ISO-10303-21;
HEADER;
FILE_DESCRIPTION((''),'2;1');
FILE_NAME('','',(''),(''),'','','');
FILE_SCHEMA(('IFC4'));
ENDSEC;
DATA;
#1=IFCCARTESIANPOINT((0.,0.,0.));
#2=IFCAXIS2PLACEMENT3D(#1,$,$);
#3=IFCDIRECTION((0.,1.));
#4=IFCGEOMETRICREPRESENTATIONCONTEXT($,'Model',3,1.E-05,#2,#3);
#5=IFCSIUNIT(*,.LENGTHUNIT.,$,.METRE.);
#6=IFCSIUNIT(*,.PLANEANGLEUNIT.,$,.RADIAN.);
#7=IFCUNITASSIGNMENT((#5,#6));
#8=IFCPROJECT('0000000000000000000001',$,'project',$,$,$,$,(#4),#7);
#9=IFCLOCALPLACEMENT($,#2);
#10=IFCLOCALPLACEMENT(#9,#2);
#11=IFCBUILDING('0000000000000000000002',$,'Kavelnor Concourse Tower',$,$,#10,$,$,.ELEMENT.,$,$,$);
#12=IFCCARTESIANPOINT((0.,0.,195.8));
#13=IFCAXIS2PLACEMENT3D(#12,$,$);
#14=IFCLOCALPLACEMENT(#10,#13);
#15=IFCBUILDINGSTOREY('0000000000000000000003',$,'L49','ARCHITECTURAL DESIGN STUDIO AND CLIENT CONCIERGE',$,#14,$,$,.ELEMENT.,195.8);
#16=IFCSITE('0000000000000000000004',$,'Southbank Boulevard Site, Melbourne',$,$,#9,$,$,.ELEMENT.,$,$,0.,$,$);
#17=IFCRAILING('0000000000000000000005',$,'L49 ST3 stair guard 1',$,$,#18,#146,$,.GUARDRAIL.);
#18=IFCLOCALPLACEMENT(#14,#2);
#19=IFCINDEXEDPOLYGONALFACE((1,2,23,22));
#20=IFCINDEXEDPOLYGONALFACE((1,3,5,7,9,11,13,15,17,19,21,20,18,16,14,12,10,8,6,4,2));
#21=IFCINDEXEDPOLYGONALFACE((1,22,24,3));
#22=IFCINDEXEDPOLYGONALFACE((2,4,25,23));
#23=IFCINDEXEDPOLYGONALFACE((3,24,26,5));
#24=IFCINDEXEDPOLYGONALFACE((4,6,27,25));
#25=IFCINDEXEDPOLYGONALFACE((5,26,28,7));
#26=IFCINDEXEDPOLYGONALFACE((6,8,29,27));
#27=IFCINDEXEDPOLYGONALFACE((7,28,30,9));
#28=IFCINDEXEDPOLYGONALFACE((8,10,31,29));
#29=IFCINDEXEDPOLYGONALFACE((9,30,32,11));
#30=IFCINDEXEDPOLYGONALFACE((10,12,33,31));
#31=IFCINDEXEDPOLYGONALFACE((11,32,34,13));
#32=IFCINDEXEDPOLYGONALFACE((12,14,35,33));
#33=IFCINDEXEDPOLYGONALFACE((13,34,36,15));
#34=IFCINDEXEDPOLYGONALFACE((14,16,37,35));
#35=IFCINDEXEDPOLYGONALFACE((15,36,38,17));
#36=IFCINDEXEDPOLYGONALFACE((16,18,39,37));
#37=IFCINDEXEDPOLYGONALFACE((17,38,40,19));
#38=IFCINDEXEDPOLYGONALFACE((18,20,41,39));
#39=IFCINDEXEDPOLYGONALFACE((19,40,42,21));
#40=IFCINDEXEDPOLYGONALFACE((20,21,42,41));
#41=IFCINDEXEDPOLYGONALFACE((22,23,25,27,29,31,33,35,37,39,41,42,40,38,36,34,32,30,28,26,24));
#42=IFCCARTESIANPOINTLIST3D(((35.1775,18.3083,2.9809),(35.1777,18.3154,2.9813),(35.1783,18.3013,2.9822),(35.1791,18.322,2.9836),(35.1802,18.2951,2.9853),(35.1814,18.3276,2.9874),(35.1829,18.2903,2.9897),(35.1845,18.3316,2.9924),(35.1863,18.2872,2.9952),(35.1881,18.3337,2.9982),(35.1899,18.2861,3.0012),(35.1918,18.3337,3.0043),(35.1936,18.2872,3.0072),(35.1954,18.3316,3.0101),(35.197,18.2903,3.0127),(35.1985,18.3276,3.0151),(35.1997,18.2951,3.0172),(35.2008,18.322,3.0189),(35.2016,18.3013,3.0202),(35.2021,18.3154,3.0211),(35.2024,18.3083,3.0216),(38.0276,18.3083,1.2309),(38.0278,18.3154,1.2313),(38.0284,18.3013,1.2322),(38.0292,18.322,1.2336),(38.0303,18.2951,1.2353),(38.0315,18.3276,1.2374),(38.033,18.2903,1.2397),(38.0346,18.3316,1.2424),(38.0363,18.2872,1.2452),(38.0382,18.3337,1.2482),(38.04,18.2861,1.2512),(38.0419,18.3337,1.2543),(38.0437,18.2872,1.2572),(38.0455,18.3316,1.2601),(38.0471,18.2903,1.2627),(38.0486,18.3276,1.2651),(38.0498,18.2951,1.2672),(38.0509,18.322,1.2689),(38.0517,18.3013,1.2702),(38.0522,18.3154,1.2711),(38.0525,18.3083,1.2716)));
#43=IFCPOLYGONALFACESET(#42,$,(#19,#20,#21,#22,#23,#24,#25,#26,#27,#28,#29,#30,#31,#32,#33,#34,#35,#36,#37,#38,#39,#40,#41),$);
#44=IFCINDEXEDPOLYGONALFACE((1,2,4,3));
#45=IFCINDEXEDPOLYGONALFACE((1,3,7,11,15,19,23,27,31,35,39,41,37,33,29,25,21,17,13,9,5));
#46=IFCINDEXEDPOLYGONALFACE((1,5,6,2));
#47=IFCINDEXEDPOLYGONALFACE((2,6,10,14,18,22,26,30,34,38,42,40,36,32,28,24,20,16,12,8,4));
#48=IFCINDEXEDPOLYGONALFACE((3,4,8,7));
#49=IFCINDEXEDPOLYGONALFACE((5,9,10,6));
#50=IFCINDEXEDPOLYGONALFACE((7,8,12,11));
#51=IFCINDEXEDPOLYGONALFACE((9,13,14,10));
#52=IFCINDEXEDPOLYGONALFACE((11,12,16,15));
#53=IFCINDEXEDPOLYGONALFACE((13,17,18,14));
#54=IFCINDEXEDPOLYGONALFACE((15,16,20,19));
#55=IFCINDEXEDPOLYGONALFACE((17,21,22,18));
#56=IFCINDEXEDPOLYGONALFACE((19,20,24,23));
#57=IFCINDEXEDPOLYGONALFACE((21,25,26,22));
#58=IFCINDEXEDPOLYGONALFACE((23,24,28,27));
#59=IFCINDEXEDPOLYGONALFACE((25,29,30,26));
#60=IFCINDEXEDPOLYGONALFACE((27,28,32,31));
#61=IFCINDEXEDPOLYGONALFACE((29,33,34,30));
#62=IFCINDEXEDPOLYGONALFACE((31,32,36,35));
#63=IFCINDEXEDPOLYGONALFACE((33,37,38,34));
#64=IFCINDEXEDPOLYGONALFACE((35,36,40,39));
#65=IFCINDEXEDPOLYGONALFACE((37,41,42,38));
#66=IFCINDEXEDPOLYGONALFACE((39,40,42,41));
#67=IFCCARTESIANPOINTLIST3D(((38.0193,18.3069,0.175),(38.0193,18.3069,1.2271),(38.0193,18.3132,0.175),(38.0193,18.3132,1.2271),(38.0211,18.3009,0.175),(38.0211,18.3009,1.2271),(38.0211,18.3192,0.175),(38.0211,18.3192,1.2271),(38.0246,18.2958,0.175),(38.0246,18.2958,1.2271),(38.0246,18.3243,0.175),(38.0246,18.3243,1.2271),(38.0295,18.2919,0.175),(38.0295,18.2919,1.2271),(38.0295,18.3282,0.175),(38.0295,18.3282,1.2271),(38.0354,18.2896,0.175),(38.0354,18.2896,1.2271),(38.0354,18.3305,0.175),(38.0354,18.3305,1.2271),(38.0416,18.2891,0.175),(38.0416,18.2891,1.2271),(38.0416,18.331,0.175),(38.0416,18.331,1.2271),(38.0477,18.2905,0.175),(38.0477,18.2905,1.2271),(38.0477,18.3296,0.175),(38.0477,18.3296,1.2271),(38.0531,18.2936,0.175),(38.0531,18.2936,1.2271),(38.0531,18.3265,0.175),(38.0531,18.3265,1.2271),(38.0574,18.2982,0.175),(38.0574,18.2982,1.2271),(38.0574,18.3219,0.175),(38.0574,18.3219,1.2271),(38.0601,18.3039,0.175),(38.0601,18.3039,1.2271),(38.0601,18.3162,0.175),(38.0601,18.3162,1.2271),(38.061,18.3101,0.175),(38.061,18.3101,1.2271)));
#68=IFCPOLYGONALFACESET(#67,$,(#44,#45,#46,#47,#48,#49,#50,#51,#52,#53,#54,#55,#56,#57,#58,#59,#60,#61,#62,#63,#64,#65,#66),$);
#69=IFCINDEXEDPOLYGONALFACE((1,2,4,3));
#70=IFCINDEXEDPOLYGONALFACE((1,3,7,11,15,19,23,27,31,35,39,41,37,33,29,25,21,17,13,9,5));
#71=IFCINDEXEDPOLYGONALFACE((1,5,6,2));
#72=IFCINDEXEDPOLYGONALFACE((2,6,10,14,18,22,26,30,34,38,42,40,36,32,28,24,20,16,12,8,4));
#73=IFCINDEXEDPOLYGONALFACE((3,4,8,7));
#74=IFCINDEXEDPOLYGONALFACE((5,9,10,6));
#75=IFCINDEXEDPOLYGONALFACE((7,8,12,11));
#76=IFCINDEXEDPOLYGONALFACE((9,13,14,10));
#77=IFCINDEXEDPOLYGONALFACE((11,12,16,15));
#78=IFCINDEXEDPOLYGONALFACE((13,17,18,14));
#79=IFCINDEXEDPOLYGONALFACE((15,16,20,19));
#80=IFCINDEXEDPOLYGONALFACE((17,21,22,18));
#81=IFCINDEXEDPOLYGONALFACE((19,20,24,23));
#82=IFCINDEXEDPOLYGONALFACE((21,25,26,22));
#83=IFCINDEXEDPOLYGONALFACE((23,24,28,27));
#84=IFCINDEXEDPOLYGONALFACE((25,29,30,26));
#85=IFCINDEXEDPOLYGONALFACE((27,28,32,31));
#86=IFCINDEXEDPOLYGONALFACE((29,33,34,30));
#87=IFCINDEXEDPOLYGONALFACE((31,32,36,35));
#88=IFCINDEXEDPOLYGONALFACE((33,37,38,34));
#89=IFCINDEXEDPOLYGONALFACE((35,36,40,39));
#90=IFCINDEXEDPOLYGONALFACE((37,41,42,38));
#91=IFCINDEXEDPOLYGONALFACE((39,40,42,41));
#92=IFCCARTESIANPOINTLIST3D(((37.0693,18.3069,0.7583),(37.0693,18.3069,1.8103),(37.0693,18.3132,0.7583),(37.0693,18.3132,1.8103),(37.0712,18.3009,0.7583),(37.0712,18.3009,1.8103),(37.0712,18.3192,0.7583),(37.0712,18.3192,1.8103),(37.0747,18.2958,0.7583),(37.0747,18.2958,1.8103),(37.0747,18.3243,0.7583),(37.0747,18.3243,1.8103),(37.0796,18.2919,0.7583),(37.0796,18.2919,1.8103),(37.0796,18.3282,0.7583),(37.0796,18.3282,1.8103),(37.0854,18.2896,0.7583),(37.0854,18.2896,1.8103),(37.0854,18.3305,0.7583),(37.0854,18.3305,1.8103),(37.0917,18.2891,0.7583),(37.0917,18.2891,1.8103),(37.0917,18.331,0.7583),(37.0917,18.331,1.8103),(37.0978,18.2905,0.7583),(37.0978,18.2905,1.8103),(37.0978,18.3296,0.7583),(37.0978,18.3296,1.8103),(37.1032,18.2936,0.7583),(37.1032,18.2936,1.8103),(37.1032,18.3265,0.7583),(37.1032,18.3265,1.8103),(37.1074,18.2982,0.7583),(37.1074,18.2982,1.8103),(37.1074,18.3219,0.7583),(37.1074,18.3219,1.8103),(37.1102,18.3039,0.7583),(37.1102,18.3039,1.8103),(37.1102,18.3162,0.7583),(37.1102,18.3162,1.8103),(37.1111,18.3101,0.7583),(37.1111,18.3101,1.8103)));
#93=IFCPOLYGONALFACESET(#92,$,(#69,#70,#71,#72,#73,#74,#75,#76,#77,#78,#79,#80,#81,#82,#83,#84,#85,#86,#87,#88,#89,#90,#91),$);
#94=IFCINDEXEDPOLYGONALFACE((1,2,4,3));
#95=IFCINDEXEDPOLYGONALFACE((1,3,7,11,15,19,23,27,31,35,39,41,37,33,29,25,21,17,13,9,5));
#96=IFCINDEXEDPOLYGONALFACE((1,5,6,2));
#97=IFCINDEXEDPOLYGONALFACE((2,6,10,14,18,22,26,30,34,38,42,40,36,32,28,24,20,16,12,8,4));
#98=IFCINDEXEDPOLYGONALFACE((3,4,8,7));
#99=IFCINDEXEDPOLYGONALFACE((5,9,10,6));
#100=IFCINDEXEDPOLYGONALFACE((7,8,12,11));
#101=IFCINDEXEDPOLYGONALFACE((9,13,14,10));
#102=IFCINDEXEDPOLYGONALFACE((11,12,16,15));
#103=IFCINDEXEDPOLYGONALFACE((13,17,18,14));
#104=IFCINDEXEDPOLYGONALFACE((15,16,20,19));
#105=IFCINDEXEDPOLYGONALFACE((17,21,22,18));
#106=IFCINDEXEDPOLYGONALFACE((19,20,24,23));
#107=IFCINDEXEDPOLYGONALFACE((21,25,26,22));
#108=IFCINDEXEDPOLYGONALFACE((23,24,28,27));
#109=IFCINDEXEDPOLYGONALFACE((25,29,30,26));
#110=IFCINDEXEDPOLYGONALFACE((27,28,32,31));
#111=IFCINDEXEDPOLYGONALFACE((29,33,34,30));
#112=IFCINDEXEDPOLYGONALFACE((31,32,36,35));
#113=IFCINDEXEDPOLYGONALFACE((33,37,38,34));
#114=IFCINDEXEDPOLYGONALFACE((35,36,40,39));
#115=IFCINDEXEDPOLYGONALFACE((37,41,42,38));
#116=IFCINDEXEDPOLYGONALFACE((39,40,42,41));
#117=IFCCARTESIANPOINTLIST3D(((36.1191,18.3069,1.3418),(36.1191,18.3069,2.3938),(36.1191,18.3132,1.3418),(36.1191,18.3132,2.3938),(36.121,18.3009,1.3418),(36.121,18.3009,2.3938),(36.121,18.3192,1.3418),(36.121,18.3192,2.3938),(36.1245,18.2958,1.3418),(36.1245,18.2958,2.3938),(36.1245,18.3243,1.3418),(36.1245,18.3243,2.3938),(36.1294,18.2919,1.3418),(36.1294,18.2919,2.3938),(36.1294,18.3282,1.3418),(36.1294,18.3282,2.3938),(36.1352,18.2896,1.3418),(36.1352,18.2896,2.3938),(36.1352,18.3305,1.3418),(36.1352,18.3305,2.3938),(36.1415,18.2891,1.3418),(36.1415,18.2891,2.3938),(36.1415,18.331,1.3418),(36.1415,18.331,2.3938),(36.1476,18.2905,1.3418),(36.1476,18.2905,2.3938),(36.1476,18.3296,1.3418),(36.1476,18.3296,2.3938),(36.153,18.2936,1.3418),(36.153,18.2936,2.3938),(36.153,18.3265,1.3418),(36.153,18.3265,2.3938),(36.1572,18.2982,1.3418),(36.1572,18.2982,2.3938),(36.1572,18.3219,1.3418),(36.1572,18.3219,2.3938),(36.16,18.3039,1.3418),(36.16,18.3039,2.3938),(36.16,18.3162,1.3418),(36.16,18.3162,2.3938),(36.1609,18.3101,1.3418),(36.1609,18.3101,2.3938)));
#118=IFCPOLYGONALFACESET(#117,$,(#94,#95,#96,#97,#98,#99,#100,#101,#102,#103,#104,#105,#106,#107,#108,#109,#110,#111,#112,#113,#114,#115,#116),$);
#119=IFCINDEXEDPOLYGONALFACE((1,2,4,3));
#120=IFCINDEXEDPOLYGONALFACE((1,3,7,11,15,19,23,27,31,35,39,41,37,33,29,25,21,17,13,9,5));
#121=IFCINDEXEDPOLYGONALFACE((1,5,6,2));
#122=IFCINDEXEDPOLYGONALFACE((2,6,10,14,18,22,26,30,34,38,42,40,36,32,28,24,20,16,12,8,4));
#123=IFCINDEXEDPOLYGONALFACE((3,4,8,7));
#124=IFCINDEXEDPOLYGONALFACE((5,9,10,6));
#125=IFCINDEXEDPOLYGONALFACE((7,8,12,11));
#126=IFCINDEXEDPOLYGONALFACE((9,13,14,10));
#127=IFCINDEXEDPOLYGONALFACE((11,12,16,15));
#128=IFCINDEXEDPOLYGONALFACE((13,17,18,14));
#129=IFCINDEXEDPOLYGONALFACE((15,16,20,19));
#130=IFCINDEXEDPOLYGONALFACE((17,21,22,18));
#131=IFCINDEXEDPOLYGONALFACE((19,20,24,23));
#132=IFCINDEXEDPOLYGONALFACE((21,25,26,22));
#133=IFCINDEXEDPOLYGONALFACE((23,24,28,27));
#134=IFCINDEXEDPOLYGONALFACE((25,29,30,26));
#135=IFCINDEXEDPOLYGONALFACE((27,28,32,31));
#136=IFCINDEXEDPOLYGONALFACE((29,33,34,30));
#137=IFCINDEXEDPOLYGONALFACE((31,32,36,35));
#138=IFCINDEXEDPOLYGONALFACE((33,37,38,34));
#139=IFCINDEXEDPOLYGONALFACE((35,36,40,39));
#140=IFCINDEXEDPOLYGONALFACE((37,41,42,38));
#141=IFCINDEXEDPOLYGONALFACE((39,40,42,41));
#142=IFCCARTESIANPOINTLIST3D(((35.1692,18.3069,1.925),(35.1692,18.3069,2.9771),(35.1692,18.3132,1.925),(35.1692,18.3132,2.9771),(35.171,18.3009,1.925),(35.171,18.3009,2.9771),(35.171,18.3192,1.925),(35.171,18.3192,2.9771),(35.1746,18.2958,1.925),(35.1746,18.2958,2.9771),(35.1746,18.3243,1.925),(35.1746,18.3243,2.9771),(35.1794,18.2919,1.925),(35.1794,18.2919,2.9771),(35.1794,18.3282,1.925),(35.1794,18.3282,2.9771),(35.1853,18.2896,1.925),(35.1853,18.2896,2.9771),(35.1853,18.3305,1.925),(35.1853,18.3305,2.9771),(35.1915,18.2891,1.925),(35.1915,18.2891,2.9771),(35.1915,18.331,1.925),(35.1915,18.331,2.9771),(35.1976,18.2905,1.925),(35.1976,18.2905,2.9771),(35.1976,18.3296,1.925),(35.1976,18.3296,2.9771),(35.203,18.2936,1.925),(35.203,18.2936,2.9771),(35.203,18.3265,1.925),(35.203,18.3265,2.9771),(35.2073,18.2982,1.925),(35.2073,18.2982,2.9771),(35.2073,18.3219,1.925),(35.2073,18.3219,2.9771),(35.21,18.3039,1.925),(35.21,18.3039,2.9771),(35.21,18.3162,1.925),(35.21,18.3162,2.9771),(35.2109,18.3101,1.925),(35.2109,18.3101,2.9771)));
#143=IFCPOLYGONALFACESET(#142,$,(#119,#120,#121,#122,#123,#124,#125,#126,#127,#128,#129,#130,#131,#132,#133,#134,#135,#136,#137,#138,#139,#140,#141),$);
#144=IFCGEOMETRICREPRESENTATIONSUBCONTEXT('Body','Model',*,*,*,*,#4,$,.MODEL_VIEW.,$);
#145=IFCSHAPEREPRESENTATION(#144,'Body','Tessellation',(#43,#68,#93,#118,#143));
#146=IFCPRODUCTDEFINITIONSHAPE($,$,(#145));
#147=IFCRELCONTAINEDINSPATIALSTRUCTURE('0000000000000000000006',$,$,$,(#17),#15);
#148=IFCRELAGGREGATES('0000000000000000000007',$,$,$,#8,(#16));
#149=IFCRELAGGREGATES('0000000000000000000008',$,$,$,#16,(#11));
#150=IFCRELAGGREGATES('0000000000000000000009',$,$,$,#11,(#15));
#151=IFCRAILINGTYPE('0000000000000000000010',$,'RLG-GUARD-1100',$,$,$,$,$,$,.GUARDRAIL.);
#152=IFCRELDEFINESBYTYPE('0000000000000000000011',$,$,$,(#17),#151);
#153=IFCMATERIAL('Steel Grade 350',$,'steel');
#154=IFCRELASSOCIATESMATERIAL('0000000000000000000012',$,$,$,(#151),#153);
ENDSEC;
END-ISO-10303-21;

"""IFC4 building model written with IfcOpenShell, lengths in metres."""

from ifc_helpers import new_model, si_unit, direction, frame, origin, origin_2d, place, context, subcontext, project, spatial, circle, extrude, material, type_object, element, save


model = new_model("IFC4")

# Units and contexts
model_context = context("Model", 3, precision=1e-05, world=origin(), true_north=direction((0.0, 1.0)))
body_context = subcontext(model_context, "Body", "Model", "MODEL_VIEW")
ifc_project = project(units=[si_unit("LENGTHUNIT", "METRE"), si_unit("PLANEANGLEUNIT", "RADIAN")], contexts=[model_context])

# Site, building, storey
site_placement = place(None, origin())
site = spatial("IfcSite", under=ifc_project, at=site_placement, Name="Southbank Boulevard Site, Melbourne", CompositionType="ELEMENT", RefElevation=0.0)
building_placement = place(site_placement, origin())
building = spatial("IfcBuilding", under=site, at=building_placement, Name="Kavelnor Concourse Tower", CompositionType="ELEMENT")
storey_placement = place(building_placement, frame((0.0, 0.0, 195.8)))
storey = spatial("IfcBuildingStorey", under=building, at=storey_placement, Name="L49", Description="ARCHITECTURAL DESIGN STUDIO AND CLIENT CONCIERGE", CompositionType="ELEMENT", Elevation=195.8)

# Shared definitions
ifc_material_1 = material(Name="Steel Grade 350", Category="steel")

# Railing
railing_type_1 = type_object("IfcRailingType", Name="RLG-GUARD-1100", PredefinedType="GUARDRAIL", material=ifc_material_1)
railing_1_placement = place(storey_placement, frame((38.04, 18.3101, 0.175)))
element("IfcRailing", 1, at=railing_1_placement, inside=storey, type_object=railing_type_1, Name="L49 ST3 stair guard 1", PredefinedType="GUARDRAIL", context=body_context, shape_type="SweptSolid", body=[
    extrude(circle(Radius=0.0239, at=origin_2d()), frame((0.0, 0.0, 1.0762), z_axis=(-0.852179, 0.0, 0.52325), x_axis=(0.0, -1.0, 0.0)), (0.0, 0.0, 1.0), 3.3445),
    extrude(circle(Radius=0.021, at=origin_2d()), origin(), (0.0, 0.0, 1.0), 1.052),
    extrude(circle(Radius=0.021, at=origin_2d()), frame((-0.95, 0.0, 0.5833)), (0.0, 0.0, 1.0), 1.052),
    extrude(circle(Radius=0.021, at=origin_2d()), frame((-1.9001, 0.0, 1.1667)), (0.0, 0.0, 1.0), 1.052),
    extrude(circle(Radius=0.021, at=origin_2d()), frame((-2.8501, 0.0, 1.75)), (0.0, 0.0, 1.0), 1.052),
])

save(model, "model.ifc")
